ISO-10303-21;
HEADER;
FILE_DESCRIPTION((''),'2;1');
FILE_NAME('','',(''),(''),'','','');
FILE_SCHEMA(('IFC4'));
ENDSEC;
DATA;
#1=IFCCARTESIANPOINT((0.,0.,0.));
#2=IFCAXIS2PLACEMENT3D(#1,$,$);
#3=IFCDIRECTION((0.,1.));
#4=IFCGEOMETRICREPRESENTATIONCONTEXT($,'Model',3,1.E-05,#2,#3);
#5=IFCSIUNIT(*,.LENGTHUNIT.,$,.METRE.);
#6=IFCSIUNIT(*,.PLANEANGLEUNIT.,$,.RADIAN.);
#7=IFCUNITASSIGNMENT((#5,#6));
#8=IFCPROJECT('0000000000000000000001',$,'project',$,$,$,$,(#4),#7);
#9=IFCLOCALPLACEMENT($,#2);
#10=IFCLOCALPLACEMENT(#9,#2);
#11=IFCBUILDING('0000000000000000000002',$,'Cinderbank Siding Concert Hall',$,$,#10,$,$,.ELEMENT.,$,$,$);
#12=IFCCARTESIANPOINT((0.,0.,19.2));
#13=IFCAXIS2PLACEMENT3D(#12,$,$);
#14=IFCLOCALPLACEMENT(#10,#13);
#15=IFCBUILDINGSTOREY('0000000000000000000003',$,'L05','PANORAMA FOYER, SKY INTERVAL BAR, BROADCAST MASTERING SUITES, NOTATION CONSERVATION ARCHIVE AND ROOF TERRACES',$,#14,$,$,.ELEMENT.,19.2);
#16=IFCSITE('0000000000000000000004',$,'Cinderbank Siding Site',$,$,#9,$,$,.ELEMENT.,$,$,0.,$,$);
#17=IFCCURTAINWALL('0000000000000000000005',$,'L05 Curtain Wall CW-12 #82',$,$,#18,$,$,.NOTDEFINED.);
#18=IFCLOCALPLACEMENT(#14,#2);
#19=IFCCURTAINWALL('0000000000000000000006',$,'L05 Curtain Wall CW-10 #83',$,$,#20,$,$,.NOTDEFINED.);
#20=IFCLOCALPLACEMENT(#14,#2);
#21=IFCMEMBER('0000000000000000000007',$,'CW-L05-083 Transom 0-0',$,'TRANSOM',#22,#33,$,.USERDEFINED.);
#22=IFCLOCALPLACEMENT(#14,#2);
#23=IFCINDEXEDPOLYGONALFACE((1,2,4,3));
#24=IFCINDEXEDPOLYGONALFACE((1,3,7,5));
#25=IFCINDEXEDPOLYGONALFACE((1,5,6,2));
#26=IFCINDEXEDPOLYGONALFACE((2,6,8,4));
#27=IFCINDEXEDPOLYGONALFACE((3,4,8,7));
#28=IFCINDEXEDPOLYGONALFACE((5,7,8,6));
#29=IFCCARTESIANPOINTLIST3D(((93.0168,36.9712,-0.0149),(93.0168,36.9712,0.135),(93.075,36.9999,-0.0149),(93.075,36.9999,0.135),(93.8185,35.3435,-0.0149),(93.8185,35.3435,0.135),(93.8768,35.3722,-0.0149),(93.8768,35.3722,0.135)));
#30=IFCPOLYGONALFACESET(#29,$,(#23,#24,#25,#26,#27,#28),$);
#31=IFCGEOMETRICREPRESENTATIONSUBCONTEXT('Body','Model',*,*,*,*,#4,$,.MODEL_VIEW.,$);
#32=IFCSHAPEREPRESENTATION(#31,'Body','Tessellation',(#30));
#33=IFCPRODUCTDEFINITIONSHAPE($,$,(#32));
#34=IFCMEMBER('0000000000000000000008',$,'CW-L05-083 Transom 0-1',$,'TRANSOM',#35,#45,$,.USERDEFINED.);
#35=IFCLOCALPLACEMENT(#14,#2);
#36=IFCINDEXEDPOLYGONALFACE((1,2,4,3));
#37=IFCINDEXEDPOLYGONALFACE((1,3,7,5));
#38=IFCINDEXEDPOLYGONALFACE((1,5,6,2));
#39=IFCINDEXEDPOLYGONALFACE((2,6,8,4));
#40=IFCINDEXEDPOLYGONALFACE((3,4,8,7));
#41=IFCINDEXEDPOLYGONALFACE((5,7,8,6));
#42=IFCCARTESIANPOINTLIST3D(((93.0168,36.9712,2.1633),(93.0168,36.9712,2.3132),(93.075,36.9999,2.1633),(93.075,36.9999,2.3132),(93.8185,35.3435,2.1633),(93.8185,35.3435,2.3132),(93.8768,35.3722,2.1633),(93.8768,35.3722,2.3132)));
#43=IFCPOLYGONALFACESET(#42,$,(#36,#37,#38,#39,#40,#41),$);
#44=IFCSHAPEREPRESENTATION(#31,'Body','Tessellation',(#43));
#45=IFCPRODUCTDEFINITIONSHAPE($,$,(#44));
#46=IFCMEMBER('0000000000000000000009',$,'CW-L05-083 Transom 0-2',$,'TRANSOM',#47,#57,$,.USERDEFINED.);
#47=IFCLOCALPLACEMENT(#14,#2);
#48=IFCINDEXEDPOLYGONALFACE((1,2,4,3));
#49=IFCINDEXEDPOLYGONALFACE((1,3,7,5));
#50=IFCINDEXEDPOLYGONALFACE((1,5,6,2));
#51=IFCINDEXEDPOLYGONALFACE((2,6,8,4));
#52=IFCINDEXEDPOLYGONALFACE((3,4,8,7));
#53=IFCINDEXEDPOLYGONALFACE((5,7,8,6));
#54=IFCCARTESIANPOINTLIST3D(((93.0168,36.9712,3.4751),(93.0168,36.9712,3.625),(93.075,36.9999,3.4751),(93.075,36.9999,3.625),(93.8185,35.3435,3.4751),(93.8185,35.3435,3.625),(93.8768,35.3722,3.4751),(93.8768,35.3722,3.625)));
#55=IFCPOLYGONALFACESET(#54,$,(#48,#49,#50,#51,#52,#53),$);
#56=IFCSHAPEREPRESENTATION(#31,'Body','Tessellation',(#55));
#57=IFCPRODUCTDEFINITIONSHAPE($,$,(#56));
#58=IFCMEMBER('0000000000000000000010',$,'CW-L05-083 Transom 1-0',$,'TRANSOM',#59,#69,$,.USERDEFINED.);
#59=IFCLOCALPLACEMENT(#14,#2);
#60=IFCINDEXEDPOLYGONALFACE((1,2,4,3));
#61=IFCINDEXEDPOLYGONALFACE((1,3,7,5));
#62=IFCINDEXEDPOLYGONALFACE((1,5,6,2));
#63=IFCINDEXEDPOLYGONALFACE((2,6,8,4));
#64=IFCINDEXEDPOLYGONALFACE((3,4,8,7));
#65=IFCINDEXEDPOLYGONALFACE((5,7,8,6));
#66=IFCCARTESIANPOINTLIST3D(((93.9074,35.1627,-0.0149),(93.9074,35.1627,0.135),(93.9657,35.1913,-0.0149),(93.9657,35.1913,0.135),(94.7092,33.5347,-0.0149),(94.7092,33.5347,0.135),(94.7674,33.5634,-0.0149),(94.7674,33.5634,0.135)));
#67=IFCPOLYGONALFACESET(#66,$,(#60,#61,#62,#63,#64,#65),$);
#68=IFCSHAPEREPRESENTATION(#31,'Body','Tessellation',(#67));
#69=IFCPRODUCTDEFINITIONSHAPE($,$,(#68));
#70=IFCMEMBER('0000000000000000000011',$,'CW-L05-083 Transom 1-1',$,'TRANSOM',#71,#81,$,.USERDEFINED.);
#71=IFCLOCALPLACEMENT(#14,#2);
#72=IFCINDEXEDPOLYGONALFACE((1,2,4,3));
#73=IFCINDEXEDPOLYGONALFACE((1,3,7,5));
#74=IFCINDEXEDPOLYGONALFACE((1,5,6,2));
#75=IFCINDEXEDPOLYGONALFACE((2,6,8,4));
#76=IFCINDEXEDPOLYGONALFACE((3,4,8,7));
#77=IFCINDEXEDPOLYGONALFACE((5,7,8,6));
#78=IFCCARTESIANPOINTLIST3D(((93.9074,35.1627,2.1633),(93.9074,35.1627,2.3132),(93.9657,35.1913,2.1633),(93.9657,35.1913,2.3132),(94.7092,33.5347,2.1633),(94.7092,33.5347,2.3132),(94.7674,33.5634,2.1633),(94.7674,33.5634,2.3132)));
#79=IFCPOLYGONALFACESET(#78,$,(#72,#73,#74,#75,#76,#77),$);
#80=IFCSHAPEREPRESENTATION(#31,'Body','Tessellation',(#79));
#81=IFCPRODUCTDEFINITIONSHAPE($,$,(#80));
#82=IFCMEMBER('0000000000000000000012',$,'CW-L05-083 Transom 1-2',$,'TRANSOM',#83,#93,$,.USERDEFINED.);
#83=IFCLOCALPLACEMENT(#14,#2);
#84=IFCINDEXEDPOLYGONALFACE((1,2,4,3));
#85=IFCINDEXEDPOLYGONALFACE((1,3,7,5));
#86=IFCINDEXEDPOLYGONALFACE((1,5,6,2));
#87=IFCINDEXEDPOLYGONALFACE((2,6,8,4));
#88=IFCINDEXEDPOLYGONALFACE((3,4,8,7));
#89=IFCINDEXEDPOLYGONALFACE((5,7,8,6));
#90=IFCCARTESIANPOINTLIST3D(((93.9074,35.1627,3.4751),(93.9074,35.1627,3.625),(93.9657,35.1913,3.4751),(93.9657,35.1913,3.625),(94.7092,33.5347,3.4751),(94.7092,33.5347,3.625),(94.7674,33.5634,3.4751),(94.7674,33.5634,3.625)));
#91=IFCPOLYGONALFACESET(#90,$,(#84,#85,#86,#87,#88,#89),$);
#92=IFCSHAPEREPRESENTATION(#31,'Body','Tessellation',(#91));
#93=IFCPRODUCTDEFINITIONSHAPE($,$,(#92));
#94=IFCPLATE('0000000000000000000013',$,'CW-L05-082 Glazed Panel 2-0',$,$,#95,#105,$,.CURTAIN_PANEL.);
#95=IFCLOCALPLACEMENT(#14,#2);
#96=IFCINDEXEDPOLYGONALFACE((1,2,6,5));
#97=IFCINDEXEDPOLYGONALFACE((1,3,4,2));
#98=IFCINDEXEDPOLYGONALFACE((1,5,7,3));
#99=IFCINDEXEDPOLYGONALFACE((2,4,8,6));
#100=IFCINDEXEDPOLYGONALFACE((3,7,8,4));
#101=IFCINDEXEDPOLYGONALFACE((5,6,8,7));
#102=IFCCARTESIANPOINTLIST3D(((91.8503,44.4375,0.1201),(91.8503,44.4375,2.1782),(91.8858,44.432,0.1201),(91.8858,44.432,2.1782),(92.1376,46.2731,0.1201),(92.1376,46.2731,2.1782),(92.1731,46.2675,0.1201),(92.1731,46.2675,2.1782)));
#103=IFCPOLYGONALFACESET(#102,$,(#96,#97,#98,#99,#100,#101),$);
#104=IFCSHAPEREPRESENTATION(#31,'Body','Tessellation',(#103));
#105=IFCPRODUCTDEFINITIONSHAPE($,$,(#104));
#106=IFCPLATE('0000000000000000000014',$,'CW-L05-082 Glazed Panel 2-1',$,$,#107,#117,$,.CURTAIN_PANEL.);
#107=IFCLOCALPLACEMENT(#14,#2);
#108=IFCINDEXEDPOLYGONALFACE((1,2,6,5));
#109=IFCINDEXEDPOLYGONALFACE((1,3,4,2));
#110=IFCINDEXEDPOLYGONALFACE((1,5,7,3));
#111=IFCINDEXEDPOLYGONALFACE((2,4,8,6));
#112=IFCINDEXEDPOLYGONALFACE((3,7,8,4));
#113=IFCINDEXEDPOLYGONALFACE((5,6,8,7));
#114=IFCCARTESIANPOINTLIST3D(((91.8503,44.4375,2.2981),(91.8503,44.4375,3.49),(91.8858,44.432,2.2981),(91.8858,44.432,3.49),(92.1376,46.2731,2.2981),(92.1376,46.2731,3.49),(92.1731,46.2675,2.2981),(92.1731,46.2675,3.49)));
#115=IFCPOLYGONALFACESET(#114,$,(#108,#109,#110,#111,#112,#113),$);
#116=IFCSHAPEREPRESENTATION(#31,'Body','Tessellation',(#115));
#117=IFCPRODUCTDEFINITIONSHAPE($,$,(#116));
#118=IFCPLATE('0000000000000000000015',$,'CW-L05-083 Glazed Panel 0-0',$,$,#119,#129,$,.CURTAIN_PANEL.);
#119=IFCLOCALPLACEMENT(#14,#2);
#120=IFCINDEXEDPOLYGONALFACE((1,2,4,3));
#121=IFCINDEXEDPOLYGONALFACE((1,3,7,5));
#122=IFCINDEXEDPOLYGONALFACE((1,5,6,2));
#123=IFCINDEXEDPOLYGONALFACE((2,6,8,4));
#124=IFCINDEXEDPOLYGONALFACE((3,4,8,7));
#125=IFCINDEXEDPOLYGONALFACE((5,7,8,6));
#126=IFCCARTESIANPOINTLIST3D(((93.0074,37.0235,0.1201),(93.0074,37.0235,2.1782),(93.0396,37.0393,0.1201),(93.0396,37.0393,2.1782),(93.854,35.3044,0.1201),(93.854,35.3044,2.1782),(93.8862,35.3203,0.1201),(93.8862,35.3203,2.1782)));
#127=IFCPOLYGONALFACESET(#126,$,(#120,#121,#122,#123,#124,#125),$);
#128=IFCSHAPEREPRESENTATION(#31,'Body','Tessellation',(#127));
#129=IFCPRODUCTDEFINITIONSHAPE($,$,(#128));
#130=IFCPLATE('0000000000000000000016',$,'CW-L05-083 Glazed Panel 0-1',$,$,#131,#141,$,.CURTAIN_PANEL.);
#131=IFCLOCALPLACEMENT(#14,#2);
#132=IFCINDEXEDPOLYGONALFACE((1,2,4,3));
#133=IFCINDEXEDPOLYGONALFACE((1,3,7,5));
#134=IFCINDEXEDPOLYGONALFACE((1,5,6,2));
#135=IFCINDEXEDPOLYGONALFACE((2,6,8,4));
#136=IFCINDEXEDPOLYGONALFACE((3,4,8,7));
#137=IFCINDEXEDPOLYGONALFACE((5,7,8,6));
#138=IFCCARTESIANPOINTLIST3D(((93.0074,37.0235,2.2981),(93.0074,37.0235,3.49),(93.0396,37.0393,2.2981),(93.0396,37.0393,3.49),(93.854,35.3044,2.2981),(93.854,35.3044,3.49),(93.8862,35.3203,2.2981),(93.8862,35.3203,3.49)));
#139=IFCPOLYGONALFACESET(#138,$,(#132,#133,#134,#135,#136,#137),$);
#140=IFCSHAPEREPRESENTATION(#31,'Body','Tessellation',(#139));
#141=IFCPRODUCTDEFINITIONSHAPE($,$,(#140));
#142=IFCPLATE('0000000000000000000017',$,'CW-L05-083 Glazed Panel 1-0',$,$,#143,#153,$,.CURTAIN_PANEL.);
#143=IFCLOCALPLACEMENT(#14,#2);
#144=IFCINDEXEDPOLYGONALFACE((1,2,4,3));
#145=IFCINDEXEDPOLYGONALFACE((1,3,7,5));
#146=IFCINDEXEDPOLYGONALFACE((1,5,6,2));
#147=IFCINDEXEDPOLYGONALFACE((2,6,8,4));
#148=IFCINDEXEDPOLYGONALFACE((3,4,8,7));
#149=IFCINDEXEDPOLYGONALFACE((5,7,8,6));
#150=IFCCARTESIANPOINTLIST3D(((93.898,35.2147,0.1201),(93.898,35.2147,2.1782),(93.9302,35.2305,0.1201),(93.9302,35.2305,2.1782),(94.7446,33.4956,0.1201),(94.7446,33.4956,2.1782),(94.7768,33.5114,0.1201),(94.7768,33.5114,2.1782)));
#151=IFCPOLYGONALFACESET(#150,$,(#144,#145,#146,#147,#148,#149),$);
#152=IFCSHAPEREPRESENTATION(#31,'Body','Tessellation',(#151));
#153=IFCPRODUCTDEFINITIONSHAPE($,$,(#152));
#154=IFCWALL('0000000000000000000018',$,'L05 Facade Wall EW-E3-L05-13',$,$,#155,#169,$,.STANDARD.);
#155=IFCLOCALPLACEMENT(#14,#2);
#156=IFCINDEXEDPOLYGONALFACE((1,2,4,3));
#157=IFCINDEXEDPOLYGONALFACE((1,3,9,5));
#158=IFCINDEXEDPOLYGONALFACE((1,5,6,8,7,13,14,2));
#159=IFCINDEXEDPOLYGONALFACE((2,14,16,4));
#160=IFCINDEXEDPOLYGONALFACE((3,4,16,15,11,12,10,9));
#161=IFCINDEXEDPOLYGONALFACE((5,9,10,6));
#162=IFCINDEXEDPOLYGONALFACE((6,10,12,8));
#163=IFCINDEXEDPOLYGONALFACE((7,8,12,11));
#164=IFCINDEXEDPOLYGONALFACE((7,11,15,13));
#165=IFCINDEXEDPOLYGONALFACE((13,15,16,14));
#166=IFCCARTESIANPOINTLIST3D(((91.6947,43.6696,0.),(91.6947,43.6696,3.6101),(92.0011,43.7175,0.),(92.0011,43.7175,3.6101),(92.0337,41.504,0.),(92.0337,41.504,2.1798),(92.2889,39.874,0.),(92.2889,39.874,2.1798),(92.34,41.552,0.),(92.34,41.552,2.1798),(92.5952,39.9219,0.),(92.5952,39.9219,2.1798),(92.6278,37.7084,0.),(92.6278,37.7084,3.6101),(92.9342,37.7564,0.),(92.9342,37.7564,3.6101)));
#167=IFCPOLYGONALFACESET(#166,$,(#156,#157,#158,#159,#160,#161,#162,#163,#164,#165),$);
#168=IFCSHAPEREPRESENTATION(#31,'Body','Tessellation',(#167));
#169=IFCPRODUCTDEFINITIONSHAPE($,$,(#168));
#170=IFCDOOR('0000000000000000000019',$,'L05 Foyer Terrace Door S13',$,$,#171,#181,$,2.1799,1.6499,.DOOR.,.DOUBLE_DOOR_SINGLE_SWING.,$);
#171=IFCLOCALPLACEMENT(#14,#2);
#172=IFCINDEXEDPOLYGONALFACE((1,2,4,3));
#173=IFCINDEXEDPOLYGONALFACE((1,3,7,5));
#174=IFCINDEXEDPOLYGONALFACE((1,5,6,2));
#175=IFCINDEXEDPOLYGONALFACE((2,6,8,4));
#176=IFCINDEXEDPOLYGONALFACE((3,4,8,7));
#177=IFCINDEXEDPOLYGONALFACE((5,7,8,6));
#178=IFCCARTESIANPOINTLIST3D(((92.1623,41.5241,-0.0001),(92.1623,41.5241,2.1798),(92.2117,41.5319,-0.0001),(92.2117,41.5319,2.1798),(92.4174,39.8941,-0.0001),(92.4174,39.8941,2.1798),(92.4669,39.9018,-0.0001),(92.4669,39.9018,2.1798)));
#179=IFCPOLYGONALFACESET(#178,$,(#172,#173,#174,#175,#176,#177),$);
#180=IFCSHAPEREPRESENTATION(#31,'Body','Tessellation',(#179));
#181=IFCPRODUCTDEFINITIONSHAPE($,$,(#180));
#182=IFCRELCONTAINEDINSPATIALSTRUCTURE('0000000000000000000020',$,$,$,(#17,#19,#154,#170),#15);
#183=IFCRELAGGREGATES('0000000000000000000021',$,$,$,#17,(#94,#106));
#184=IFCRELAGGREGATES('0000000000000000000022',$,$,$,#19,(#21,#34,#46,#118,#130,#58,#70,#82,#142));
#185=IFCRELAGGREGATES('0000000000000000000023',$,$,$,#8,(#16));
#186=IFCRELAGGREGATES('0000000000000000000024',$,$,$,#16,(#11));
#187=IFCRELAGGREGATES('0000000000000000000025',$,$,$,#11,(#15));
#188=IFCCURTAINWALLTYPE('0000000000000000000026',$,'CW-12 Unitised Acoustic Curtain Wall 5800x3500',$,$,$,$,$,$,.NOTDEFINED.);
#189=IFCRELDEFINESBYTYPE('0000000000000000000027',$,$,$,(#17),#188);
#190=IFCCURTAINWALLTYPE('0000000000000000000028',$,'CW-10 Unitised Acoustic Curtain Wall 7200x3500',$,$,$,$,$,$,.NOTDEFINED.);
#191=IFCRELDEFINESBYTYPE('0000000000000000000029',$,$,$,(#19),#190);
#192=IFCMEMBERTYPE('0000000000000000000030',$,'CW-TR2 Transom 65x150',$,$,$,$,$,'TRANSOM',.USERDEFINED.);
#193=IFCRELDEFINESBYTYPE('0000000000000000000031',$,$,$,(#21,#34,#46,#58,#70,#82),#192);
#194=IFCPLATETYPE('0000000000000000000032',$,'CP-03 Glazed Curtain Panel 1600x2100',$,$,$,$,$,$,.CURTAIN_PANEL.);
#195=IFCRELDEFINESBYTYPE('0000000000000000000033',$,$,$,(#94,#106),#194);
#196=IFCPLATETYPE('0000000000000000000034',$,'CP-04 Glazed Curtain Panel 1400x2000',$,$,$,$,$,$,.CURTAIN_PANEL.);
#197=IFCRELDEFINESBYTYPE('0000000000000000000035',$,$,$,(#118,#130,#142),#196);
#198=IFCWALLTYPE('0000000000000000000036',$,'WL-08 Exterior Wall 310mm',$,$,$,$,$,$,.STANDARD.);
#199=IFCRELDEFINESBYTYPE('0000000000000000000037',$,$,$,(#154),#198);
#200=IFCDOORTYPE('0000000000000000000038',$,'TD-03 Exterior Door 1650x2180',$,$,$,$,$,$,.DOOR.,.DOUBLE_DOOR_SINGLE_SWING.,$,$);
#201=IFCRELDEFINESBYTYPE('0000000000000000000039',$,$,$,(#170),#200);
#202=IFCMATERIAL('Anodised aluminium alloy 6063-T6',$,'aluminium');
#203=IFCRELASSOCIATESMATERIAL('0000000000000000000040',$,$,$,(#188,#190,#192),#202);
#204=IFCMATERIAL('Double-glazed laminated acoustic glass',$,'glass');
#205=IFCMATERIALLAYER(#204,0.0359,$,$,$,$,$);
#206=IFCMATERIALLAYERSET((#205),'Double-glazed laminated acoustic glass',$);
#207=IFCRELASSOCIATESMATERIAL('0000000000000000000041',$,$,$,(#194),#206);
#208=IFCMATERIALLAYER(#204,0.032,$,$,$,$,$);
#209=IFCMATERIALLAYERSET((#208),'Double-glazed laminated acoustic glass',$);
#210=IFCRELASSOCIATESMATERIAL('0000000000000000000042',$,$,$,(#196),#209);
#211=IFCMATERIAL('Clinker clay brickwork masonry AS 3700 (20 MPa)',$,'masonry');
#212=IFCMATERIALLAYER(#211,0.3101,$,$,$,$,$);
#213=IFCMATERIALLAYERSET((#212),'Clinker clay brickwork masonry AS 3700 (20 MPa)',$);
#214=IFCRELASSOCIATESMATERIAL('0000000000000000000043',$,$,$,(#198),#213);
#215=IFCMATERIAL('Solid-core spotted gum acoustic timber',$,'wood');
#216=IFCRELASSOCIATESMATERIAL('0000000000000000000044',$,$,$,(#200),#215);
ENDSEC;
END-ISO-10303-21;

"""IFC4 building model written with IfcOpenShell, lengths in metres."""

from ifc_helpers import new_model, si_unit, direction, frame, frame_2d, origin, origin_2d, place, context, subcontext, project, spatial, rectangle, extrude, material, layer, layer_set, material_profile, profile_set, type_object, element, fill, aggregate, save


model = new_model("IFC4")

# Units and contexts
model_context = context("Model", 3, precision=1e-05, world=origin(), true_north=direction((0.0, 1.0)))
body_context = subcontext(model_context, "Body", "Model", "MODEL_VIEW")
ifc_project = project(units=[si_unit("LENGTHUNIT", "METRE"), si_unit("PLANEANGLEUNIT", "RADIAN")], contexts=[model_context])

# Site, building, storey
site_placement = place(None, origin())
site = spatial("IfcSite", under=ifc_project, at=site_placement, Name="Cinderbank Siding Site", CompositionType="ELEMENT", RefElevation=0.0)
building_placement = place(site_placement, origin())
building = spatial("IfcBuilding", under=site, at=building_placement, Name="Cinderbank Siding Concert Hall", CompositionType="ELEMENT")
storey_placement = place(building_placement, frame((0.0, 0.0, 19.2)))
storey = spatial("IfcBuildingStorey", under=building, at=storey_placement, Name="L05", Description="PANORAMA FOYER, SKY INTERVAL BAR, BROADCAST MASTERING SUITES, NOTATION CONSERVATION ARCHIVE AND ROOF TERRACES", CompositionType="ELEMENT", Elevation=19.2)

# Curtain wall
ifc_material_1 = material(Name="Anodised aluminium alloy 6063-T6", Category="aluminium")
curtain_wall_type_1 = type_object("IfcCurtainWallType", Name="CW-12 Unitised Acoustic Curtain Wall 5800x3500", PredefinedType="NOTDEFINED", material=ifc_material_1)
curtain_wall_1_placement = place(storey_placement, origin())
curtain_wall_1 = element("IfcCurtainWall", 1, at=curtain_wall_1_placement, inside=storey, type_object=curtain_wall_type_1, Name="L05 Curtain Wall CW-12 #82", PredefinedType="NOTDEFINED")

# Curtain wall
curtain_wall_type_2 = type_object("IfcCurtainWallType", Name="CW-10 Unitised Acoustic Curtain Wall 7200x3500", PredefinedType="NOTDEFINED", material=ifc_material_1)
curtain_wall_2_placement = place(storey_placement, origin())
curtain_wall_2 = element("IfcCurtainWall", 2, at=curtain_wall_2_placement, inside=storey, type_object=curtain_wall_type_2, Name="L05 Curtain Wall CW-10 #83", PredefinedType="NOTDEFINED")

# Members
ifc_material_profile_1 = material_profile(ifc_material_1, rectangle(XDim=0.0649, YDim=0.1499, at=origin_2d()), Name="ALU-TRAN-65x150", Category="LoadBearing")
ifc_profile_set_1 = profile_set([ifc_material_profile_1], Name="Anodised aluminium alloy 6063-T6")
member_type_1 = type_object("IfcMemberType", Name="CW-TR2 Transom 65x150", ElementType="TRANSOM", PredefinedType="USERDEFINED", material=ifc_profile_set_1)
member_1_placement = place(storey_placement, frame((93.0459, 36.9856, 0.0601), z_axis=(0.441877, -0.897076, 0.0), x_axis=(0.897076, 0.441877, 0.0)))
member_1 = element("IfcMember", 3, at=member_1_placement, type_object=member_type_1, Name="CW-L05-083 Transom 0-0", ObjectType="TRANSOM", PredefinedType="USERDEFINED", context=body_context, shape_type="SweptSolid", body=[
    extrude(rectangle(XDim=0.0649, YDim=0.1499, at=origin_2d()), origin(), (0.0, 0.0, 1.0), 1.8145),
])
member_2_placement = place(storey_placement, frame((93.0459, 36.9856, 2.2383), z_axis=(0.441877, -0.897076, 0.0), x_axis=(0.897076, 0.441877, 0.0)))
member_2 = element("IfcMember", 4, at=member_2_placement, type_object=member_type_1, Name="CW-L05-083 Transom 0-1", ObjectType="TRANSOM", PredefinedType="USERDEFINED", context=body_context, shape_type="SweptSolid", body=[
    extrude(rectangle(XDim=0.0649, YDim=0.1499, at=origin_2d()), origin(), (0.0, 0.0, 1.0), 1.8145),
])
member_3_placement = place(storey_placement, frame((93.0459, 36.9856, 3.55), z_axis=(0.441877, -0.897076, 0.0), x_axis=(0.897076, 0.441877, 0.0)))
member_3 = element("IfcMember", 5, at=member_3_placement, type_object=member_type_1, Name="CW-L05-083 Transom 0-2", ObjectType="TRANSOM", PredefinedType="USERDEFINED", context=body_context, shape_type="SweptSolid", body=[
    extrude(rectangle(XDim=0.0649, YDim=0.1499, at=origin_2d()), origin(), (0.0, 0.0, 1.0), 1.8145),
])
member_4_placement = place(storey_placement, frame((93.9365, 35.177, 0.0601), z_axis=(0.441824, -0.897102, 0.0), x_axis=(0.897102, 0.441824, 0.0)))
member_4 = element("IfcMember", 6, at=member_4_placement, type_object=member_type_1, Name="CW-L05-083 Transom 1-0", ObjectType="TRANSOM", PredefinedType="USERDEFINED", context=body_context, shape_type="SweptSolid", body=[
    extrude(rectangle(XDim=0.0649, YDim=0.1499, at=origin_2d()), origin(), (0.0, 0.0, 1.0), 1.8147),
])
member_5_placement = place(storey_placement, frame((93.9365, 35.177, 2.2383), z_axis=(0.441824, -0.897102, 0.0), x_axis=(0.897102, 0.441824, 0.0)))
member_5 = element("IfcMember", 7, at=member_5_placement, type_object=member_type_1, Name="CW-L05-083 Transom 1-1", ObjectType="TRANSOM", PredefinedType="USERDEFINED", context=body_context, shape_type="SweptSolid", body=[
    extrude(rectangle(XDim=0.0649, YDim=0.1499, at=origin_2d()), origin(), (0.0, 0.0, 1.0), 1.8147),
])
member_6_placement = place(storey_placement, frame((93.9365, 35.177, 3.55), z_axis=(0.441824, -0.897102, 0.0), x_axis=(0.897102, 0.441824, 0.0)))
member_6 = element("IfcMember", 8, at=member_6_placement, type_object=member_type_1, Name="CW-L05-083 Transom 1-2", ObjectType="TRANSOM", PredefinedType="USERDEFINED", context=body_context, shape_type="SweptSolid", body=[
    extrude(rectangle(XDim=0.0649, YDim=0.1499, at=origin_2d()), origin(), (0.0, 0.0, 1.0), 1.8147),
])

# Plates
ifc_material_2 = material(Name="Double-glazed laminated acoustic glass", Category="glass")
ifc_layer_1 = layer(ifc_material_2, 0.0359)
ifc_layer_set_1 = layer_set([ifc_layer_1], Name="Double-glazed laminated acoustic glass")
plate_type_1 = type_object("IfcPlateType", Name="CP-03 Glazed Curtain Panel 1600x2100", PredefinedType="CURTAIN_PANEL", material=ifc_layer_set_1)
plate_1_placement = place(storey_placement, frame((92.0117, 45.3525, 0.1201), z_axis=(0.0, 0.0, 1.0), x_axis=(-0.154643, -0.98797, 0.0)))
plate_1 = element("IfcPlate", 9, at=plate_1_placement, type_object=plate_type_1, Name="CW-L05-082 Glazed Panel 2-0", PredefinedType="CURTAIN_PANEL", context=body_context, shape_type="SweptSolid", body=[
    extrude(rectangle(XDim=1.8579, YDim=0.0359, at=origin_2d()), origin(), (0.0, 0.0, 1.0), 2.0581),
])
plate_2_placement = place(storey_placement, frame((92.0117, 45.3525, 2.2981), z_axis=(0.0, 0.0, 1.0), x_axis=(-0.154643, -0.98797, 0.0)))
plate_2 = element("IfcPlate", 10, at=plate_2_placement, type_object=plate_type_1, Name="CW-L05-082 Glazed Panel 2-1", PredefinedType="CURTAIN_PANEL", context=body_context, shape_type="SweptSolid", body=[
    extrude(rectangle(XDim=1.8579, YDim=0.0359, at=origin_2d()), origin(), (0.0, 0.0, 1.0), 1.1919),
])
aggregate(curtain_wall_1, [plate_1, plate_2])
ifc_layer_2 = layer(ifc_material_2, 0.032)
ifc_layer_set_2 = layer_set([ifc_layer_2], Name="Double-glazed laminated acoustic glass")
plate_type_2 = type_object("IfcPlateType", Name="CP-04 Glazed Curtain Panel 1400x2000", PredefinedType="CURTAIN_PANEL", material=ifc_layer_set_2)
plate_3_placement = place(storey_placement, frame((93.4468, 36.1719, 0.1201), z_axis=(0.0, 0.0, 1.0), x_axis=(0.441816, -0.897105, 0.0)))
plate_3 = element("IfcPlate", 11, at=plate_3_placement, type_object=plate_type_2, Name="CW-L05-083 Glazed Panel 0-0", PredefinedType="CURTAIN_PANEL", context=body_context, shape_type="SweptSolid", body=[
    extrude(rectangle(XDim=1.9163, YDim=0.0359, at=origin_2d()), origin(), (0.0, 0.0, 1.0), 2.0581),
])
plate_4_placement = place(storey_placement, frame((93.4468, 36.1719, 2.2981), z_axis=(0.0, 0.0, 1.0), x_axis=(0.441816, -0.897105, 0.0)))
plate_4 = element("IfcPlate", 12, at=plate_4_placement, type_object=plate_type_2, Name="CW-L05-083 Glazed Panel 0-1", PredefinedType="CURTAIN_PANEL", context=body_context, shape_type="SweptSolid", body=[
    extrude(rectangle(XDim=1.9163, YDim=0.0359, at=origin_2d()), origin(), (0.0, 0.0, 1.0), 1.1919),
])
plate_5_placement = place(storey_placement, frame((94.3374, 34.363, 0.1201), z_axis=(0.0, 0.0, 1.0), x_axis=(0.441816, -0.897105, 0.0)))
plate_5 = element("IfcPlate", 13, at=plate_5_placement, type_object=plate_type_2, Name="CW-L05-083 Glazed Panel 1-0", PredefinedType="CURTAIN_PANEL", context=body_context, shape_type="SweptSolid", body=[
    extrude(rectangle(XDim=1.9163, YDim=0.0359, at=origin_2d()), origin(), (0.0, 0.0, 1.0), 2.0581),
])
aggregate(curtain_wall_2, [member_1, member_2, member_3, plate_3, plate_4, member_4, member_5, member_6, plate_5])

# Wall, opening, door
ifc_material_3 = material(Name="Clinker clay brickwork masonry AS 3700 (20 MPa)", Category="masonry")
ifc_layer_3 = layer(ifc_material_3, 0.3101)
ifc_layer_set_3 = layer_set([ifc_layer_3], Name="Clinker clay brickwork masonry AS 3700 (20 MPa)")
wall_type = type_object("IfcWallType", Name="WL-08 Exterior Wall 310mm", PredefinedType="STANDARD", material=ifc_layer_set_3)
wall_placement = place(storey_placement, frame((92.781, 37.7324, 0.0), z_axis=(0.0, 0.0, 1.0), x_axis=(-0.154647, 0.98797, 0.0)))
wall = element("IfcWall", 14, at=wall_placement, inside=storey, type_object=wall_type, Name="L05 Facade Wall EW-E3-L05-13", PredefinedType="STANDARD", context=body_context, shape_type="SweptSolid", body=[
    extrude(rectangle(XDim=6.0337, YDim=0.3101, at=frame_2d((3.0168, 0.0))), origin(), (0.0, 0.0, 1.0), 3.6101),
])
opening_placement = place(wall_placement, frame((2.1919, 0.0, 0.0)))
opening = element("IfcOpeningElement", 15, at=opening_placement, cuts=wall, PredefinedType="OPENING", context=body_context, shape_type="SweptSolid", body=[
    extrude(rectangle(XDim=1.6499, YDim=2.1799, at=frame_2d((0.825, 1.0898))), frame((0.0, 0.167, 0.0), z_axis=(0.0, -1.0, 0.0), x_axis=(1.0, 0.0, 0.0)), (0.0, 0.0, 1.0), 0.334),
])
ifc_material_4 = material(Name="Solid-core spotted gum acoustic timber", Category="wood")
door_type = type_object("IfcDoorType", Name="TD-03 Exterior Door 1650x2180", OperationType="DOUBLE_DOOR_SINGLE_SWING", PredefinedType="DOOR", material=ifc_material_4)
door_placement = place(opening_placement, origin())
door = element("IfcDoor", 16, at=door_placement, inside=storey, type_object=door_type, Name="L05 Foyer Terrace Door S13", OperationType="DOUBLE_DOOR_SINGLE_SWING", OverallHeight=2.1799, OverallWidth=1.6499, PredefinedType="DOOR", context=body_context, shape_type="SweptSolid", body=[
    extrude(rectangle(XDim=1.6499, YDim=2.1799, at=frame_2d((0.825, 1.0898))), frame((0.0, 0.0249, 0.0), z_axis=(0.0, -1.0, 0.0), x_axis=(1.0, 0.0, 0.0)), (0.0, 0.0, 1.0), 0.05),
])
fill(opening, door)

save(model, "model.ifc")
